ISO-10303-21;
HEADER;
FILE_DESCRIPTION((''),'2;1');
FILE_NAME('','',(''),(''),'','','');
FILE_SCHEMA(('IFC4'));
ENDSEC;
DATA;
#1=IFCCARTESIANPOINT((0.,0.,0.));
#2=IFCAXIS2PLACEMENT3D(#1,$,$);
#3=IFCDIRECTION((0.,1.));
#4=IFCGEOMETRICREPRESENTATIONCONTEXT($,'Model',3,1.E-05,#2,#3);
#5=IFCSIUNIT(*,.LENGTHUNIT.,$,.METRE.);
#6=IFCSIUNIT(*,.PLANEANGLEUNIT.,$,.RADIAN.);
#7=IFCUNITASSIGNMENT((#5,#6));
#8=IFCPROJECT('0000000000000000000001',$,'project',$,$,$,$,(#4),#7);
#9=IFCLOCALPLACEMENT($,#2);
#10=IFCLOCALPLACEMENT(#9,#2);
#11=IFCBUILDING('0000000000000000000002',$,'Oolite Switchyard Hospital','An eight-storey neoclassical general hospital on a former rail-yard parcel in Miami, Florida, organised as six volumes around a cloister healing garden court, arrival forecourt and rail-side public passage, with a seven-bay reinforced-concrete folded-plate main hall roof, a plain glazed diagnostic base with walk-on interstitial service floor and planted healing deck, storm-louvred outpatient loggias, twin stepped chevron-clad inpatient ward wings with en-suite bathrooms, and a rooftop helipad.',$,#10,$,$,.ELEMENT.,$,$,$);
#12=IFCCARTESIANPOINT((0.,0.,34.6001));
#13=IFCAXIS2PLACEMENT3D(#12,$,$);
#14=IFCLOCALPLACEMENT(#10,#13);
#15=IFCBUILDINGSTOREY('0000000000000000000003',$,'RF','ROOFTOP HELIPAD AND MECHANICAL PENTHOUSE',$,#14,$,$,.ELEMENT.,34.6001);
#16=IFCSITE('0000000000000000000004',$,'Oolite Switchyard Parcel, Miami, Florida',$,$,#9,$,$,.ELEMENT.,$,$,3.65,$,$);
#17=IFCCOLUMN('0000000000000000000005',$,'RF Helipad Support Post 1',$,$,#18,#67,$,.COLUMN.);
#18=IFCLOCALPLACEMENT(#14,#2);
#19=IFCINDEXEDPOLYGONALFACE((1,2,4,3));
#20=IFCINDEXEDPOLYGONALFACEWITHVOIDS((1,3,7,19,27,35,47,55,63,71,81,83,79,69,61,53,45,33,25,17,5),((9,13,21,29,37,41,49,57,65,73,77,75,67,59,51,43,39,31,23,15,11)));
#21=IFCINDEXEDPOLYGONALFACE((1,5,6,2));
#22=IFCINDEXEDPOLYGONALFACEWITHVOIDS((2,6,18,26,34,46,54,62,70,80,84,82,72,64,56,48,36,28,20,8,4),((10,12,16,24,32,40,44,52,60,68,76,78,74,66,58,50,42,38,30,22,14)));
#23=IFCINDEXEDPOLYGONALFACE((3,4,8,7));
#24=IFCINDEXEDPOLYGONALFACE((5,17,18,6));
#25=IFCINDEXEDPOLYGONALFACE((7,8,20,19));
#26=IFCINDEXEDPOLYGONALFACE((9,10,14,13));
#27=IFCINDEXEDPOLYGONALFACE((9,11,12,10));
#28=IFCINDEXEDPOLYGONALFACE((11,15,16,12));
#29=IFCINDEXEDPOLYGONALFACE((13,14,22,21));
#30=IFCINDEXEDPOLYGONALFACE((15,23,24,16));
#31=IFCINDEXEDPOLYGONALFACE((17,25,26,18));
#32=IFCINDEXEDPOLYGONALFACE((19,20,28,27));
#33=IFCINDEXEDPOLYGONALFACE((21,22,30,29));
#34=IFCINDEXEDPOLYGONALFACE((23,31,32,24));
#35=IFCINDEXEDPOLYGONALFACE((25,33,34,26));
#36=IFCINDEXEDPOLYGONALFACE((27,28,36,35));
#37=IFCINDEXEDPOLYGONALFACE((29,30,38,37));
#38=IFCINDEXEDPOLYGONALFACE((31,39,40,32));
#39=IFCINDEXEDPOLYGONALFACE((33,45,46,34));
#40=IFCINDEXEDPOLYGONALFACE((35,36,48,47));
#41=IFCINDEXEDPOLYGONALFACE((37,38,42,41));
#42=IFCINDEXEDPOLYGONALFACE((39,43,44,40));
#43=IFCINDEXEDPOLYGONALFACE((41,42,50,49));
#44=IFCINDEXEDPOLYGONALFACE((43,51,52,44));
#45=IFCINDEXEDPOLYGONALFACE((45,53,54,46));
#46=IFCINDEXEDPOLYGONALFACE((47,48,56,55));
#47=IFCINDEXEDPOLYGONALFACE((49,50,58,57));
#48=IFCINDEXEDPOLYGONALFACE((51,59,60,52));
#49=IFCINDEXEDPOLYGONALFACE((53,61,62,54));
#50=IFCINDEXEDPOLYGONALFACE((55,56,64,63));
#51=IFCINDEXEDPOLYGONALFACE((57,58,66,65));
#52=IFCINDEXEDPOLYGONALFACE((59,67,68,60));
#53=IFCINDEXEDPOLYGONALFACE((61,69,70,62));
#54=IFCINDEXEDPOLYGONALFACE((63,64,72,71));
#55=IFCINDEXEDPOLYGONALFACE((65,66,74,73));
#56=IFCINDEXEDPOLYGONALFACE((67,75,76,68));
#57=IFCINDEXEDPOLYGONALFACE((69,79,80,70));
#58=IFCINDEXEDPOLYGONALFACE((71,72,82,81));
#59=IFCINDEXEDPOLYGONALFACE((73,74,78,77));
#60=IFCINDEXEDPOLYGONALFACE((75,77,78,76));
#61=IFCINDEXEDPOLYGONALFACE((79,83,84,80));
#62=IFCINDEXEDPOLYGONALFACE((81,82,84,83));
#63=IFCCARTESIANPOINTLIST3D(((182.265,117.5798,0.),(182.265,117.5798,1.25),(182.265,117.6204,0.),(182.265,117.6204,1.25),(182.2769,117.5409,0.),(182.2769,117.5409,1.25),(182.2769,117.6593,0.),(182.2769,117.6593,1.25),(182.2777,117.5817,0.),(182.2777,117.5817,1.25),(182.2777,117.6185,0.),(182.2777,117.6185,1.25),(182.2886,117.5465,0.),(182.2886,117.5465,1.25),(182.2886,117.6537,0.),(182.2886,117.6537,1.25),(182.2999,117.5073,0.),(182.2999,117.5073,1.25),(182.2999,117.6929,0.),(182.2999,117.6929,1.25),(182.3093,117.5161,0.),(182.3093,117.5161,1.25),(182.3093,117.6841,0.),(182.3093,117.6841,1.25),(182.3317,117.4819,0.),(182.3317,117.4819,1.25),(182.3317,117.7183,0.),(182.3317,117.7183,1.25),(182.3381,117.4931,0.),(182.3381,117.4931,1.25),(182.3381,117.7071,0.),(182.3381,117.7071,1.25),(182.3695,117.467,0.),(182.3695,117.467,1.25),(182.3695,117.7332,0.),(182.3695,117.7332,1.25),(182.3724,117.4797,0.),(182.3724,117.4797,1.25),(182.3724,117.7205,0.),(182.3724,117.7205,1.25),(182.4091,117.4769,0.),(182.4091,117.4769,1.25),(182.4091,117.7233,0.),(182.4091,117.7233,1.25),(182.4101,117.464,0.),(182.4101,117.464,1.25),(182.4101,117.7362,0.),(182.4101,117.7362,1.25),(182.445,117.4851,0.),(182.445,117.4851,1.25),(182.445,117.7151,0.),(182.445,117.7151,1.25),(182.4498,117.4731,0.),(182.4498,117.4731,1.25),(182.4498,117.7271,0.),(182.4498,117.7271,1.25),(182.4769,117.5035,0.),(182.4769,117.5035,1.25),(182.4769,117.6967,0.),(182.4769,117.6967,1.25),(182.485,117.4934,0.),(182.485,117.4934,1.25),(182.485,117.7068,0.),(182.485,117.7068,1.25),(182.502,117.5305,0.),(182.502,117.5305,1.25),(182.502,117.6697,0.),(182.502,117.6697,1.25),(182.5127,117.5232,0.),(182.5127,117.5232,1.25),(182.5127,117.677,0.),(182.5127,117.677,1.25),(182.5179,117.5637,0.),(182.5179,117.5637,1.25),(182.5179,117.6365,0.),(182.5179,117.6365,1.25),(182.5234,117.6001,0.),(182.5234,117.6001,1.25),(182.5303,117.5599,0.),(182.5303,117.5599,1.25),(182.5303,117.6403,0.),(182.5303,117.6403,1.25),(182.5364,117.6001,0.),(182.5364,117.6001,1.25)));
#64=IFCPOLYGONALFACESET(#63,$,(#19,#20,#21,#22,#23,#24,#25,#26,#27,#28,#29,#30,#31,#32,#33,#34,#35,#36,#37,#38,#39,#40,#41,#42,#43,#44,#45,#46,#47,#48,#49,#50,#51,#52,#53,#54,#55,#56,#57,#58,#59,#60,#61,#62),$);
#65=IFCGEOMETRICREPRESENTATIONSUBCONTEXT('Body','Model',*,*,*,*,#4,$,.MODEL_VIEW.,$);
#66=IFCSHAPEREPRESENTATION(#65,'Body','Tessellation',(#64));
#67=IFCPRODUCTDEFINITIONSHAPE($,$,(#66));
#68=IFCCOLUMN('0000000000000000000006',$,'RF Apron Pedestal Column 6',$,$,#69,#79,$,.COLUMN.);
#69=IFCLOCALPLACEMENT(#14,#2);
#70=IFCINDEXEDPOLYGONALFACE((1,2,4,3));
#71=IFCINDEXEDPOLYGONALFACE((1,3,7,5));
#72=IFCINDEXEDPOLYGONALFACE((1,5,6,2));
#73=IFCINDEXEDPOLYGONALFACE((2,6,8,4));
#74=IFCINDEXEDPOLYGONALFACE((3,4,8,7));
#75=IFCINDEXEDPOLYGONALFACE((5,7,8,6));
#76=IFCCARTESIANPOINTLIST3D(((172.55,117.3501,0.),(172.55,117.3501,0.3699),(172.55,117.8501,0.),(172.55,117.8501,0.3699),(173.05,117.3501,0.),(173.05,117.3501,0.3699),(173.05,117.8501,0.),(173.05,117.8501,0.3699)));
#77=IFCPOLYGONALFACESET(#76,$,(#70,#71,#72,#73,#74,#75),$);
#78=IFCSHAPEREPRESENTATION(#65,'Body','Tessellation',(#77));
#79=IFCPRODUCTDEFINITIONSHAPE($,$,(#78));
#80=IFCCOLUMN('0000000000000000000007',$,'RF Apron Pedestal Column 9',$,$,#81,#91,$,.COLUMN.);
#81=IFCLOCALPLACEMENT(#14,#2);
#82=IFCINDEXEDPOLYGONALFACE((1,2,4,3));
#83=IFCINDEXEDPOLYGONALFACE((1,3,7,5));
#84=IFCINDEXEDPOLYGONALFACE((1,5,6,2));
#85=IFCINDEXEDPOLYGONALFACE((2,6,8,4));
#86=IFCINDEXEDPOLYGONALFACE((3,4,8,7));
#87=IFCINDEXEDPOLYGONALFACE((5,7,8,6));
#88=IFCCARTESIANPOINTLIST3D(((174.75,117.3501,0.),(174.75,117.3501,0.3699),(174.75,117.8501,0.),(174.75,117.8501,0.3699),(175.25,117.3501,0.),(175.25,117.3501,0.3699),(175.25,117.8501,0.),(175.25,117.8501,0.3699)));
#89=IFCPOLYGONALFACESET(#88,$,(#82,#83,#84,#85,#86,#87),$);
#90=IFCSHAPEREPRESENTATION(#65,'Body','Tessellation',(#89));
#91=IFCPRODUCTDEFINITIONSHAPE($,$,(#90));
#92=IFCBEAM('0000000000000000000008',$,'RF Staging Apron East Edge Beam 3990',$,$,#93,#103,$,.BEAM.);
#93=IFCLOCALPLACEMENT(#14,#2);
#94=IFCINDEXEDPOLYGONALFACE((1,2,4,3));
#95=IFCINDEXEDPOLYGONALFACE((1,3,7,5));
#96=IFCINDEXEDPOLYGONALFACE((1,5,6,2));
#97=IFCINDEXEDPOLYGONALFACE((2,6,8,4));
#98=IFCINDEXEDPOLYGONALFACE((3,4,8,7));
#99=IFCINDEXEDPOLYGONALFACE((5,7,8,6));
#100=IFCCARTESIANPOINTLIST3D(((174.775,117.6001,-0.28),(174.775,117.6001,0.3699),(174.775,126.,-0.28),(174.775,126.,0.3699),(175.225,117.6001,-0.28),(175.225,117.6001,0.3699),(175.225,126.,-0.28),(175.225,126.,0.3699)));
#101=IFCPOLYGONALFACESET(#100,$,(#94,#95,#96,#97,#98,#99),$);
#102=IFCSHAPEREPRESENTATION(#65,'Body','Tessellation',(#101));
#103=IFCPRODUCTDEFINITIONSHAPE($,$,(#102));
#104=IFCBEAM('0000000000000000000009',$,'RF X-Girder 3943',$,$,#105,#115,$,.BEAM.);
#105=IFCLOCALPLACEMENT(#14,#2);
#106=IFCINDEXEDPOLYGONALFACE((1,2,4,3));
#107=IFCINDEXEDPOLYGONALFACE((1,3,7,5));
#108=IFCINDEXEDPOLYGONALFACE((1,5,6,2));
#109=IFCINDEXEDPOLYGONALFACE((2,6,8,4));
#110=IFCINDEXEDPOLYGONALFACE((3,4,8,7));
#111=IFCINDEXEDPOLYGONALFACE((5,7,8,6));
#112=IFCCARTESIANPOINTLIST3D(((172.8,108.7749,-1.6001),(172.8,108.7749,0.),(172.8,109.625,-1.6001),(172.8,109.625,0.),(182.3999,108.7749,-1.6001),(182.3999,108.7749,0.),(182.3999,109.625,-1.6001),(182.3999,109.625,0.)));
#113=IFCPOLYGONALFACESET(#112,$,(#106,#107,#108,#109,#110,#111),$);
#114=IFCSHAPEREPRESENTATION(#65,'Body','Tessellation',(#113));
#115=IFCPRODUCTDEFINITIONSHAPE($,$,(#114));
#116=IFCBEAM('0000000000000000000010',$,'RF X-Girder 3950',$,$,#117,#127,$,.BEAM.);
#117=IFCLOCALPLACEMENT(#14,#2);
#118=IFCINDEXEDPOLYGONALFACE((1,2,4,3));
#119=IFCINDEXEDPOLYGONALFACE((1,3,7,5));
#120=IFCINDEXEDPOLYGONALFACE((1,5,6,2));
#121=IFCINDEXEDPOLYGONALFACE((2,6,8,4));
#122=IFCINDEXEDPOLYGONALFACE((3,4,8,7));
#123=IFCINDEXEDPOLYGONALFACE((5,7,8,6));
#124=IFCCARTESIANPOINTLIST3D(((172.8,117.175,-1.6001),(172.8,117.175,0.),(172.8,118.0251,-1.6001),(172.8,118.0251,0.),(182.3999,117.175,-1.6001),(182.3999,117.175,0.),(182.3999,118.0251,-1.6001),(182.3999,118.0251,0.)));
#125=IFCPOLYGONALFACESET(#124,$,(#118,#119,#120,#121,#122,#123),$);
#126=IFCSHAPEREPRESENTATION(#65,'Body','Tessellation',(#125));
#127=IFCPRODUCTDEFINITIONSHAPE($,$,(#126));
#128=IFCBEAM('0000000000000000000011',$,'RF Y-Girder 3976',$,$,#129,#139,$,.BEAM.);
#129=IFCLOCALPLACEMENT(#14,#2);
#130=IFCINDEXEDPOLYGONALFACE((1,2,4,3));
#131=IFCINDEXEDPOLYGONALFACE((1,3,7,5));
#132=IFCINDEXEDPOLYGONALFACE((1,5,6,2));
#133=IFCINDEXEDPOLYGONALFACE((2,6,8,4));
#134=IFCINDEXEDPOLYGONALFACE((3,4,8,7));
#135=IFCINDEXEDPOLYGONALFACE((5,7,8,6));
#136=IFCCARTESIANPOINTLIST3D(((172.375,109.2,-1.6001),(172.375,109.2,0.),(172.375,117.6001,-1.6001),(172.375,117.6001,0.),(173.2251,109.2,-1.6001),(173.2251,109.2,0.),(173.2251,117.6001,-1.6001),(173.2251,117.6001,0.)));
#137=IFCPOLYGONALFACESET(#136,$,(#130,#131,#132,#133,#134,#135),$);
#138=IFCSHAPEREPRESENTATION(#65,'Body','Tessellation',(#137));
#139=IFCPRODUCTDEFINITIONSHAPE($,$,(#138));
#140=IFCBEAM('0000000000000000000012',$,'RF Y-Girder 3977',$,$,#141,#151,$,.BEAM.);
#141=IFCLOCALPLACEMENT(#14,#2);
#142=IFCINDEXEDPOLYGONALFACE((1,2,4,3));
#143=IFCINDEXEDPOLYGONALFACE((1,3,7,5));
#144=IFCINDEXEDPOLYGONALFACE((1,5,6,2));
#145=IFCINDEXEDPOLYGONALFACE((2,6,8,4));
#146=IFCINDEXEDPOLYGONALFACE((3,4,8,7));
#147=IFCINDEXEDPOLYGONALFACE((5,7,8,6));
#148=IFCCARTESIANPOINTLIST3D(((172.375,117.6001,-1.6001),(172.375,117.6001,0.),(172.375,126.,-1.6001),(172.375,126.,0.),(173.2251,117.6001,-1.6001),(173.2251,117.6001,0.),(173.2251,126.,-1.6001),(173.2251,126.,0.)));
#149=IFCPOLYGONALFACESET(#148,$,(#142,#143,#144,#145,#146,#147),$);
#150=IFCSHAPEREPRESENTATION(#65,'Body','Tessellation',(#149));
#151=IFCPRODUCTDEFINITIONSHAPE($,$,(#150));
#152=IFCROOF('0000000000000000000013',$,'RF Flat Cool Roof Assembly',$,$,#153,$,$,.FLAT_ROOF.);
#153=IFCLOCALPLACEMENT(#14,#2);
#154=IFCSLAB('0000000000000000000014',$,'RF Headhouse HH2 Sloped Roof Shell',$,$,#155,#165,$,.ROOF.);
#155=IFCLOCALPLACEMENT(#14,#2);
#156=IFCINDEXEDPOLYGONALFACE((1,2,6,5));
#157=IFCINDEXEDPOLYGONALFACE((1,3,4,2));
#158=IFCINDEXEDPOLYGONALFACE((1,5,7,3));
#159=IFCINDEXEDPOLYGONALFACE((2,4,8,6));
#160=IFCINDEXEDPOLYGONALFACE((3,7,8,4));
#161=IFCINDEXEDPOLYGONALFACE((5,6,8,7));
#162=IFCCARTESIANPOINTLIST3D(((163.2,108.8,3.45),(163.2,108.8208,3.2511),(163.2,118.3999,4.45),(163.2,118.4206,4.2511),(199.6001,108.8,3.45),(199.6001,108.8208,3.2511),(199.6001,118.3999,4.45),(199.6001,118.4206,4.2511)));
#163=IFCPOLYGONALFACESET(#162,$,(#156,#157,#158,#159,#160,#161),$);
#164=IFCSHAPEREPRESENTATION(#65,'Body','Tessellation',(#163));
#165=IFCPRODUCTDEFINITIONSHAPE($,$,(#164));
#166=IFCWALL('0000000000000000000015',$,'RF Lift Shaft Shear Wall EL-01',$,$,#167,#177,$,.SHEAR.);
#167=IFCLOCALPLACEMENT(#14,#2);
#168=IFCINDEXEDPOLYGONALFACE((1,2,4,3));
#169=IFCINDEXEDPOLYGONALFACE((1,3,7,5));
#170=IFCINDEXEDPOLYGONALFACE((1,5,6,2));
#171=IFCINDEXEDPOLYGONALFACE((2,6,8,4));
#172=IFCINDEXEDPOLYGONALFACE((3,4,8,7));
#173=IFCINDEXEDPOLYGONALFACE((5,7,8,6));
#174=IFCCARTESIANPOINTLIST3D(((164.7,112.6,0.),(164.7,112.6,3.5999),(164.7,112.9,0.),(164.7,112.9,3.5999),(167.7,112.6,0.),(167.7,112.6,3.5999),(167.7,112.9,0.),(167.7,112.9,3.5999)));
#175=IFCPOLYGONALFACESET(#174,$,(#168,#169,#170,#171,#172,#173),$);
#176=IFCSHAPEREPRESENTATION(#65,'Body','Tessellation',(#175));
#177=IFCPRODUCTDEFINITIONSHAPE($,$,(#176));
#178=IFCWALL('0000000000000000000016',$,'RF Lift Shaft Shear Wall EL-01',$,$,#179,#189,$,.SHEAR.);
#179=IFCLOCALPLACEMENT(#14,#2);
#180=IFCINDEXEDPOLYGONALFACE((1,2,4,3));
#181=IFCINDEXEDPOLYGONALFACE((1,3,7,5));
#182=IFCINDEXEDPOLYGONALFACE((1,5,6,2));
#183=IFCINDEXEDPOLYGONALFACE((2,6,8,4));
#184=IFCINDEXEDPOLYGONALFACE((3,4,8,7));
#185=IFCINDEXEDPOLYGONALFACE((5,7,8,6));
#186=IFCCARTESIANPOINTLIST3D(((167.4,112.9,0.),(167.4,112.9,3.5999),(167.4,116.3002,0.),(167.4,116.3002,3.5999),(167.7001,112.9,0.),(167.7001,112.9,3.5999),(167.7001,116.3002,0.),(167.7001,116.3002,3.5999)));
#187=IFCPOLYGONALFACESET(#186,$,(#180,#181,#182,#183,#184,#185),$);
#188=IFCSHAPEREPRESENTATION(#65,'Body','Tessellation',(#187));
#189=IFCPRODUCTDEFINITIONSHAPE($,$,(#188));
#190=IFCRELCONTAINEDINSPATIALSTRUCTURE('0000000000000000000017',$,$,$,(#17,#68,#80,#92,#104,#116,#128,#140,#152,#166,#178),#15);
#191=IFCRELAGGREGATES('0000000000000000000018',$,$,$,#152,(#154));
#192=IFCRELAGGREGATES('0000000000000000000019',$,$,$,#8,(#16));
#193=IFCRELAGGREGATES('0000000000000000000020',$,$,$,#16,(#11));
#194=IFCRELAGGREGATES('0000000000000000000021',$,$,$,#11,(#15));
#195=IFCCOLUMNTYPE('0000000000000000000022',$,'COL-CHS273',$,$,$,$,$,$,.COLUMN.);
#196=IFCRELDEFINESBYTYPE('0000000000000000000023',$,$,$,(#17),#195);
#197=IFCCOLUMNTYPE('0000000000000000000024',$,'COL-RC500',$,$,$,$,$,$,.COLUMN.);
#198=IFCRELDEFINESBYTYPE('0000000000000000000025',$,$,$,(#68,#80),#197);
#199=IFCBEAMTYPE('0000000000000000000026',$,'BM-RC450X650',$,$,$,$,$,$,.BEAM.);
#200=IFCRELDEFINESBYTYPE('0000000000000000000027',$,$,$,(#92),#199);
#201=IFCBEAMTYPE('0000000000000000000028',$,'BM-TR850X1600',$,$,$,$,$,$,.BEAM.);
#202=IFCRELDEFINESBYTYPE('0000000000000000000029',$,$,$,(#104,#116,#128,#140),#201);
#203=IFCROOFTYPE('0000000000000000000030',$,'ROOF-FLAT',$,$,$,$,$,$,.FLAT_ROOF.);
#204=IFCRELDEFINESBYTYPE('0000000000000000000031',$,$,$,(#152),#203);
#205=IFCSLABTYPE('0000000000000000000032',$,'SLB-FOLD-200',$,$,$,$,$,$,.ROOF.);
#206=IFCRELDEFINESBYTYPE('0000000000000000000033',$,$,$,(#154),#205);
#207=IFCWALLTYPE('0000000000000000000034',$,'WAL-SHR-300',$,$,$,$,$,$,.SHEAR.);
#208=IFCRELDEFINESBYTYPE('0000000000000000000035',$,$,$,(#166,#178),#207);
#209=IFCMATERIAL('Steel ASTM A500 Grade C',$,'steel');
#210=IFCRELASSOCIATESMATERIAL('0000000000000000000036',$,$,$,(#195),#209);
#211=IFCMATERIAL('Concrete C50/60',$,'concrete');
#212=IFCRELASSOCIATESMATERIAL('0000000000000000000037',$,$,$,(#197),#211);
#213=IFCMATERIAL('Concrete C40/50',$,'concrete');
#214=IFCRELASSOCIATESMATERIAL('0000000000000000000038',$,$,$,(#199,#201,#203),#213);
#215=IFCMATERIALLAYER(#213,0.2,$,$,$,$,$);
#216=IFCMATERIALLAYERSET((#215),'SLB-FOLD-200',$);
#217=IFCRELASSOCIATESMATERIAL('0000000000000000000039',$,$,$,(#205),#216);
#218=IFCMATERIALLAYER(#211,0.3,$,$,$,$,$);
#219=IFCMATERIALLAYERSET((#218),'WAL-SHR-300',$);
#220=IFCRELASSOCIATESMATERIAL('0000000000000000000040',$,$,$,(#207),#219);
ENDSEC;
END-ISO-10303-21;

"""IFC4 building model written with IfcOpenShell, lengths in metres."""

from ifc_helpers import new_model, si_unit, direction, frame, frame_2d, origin, origin_2d, place, context, subcontext, project, spatial, polyline, rectangle, hollow_circle, outline, extrude, material, layer, layer_set, material_profile, profile_set, type_object, element, aggregate, save


model = new_model("IFC4")

# Units and contexts
model_context = context("Model", 3, precision=1e-05, world=origin(), true_north=direction((0.0, 1.0)))
body_context = subcontext(model_context, "Body", "Model", "MODEL_VIEW")
ifc_project = project(units=[si_unit("LENGTHUNIT", "METRE"), si_unit("PLANEANGLEUNIT", "RADIAN")], contexts=[model_context])

# Site, building, storey
site_placement = place(None, origin())
site = spatial("IfcSite", under=ifc_project, at=site_placement, Name="Oolite Switchyard Parcel, Miami, Florida", CompositionType="ELEMENT", RefElevation=3.65)
building_placement = place(site_placement, origin())
building = spatial("IfcBuilding", under=site, at=building_placement, Name="Oolite Switchyard Hospital", Description="An eight-storey neoclassical general hospital on a former rail-yard parcel in Miami, Florida, organised as six volumes around a cloister healing garden court, arrival forecourt and rail-side public passage, with a seven-bay reinforced-concrete folded-plate main hall roof, a plain glazed diagnostic base with walk-on interstitial service floor and planted healing deck, storm-louvred outpatient loggias, twin stepped chevron-clad inpatient ward wings with en-suite bathrooms, and a rooftop helipad.", CompositionType="ELEMENT")
storey_placement = place(building_placement, frame((0.0, 0.0, 34.6001)))
storey = spatial("IfcBuildingStorey", under=building, at=storey_placement, Name="RF", Description="ROOFTOP HELIPAD AND MECHANICAL PENTHOUSE", CompositionType="ELEMENT", Elevation=34.6001)

# Columns
ifc_material_1 = material(Name="Steel ASTM A500 Grade C", Category="steel")
ifc_material_profile_1 = material_profile(ifc_material_1, hollow_circle(Radius=0.1365, WallThickness=0.0129, at=origin_2d()), Name="HSS273X13")
ifc_profile_set_1 = profile_set([ifc_material_profile_1], Name="Steel ASTM A500 Grade C")
column_type_1 = type_object("IfcColumnType", Name="COL-CHS273", PredefinedType="COLUMN", material=ifc_profile_set_1)
column_placement = place(storey_placement, frame((182.3999, 117.6001, 0.0), z_axis=(0.0, 0.0, 1.0), x_axis=(1.0, 0.0, 0.0)))
element("IfcColumn", 1, at=column_placement, inside=storey, type_object=column_type_1, Name="RF Helipad Support Post 1", PredefinedType="COLUMN", context=body_context, shape_type="SweptSolid", body=[
    extrude(hollow_circle(Radius=0.1365, WallThickness=0.0129, at=origin_2d()), origin(), (0.0, 0.0, 1.0), 1.25),
])
ifc_material_2 = material(Name="Concrete C50/60", Category="concrete")
ifc_material_profile_2 = material_profile(ifc_material_2, rectangle(XDim=0.5, YDim=0.5, at=origin_2d()), Name="RC500X500")
ifc_profile_set_2 = profile_set([ifc_material_profile_2], Name="Concrete C50/60")
column_type_2 = type_object("IfcColumnType", Name="COL-RC500", PredefinedType="COLUMN", material=ifc_profile_set_2)
for number, where, z_axis, x_axis, name in (
    (2, (172.8, 117.6001, 0.0), (0.0, 0.0, 1.0), (1.0, 0.0, 0.0), "RF Apron Pedestal Column 6"),
    (3, (175.0, 117.6001, 0.0), (0.0, 0.0, 1.0), (1.0, 0.0, 0.0), "RF Apron Pedestal Column 9"),
):
    element("IfcColumn", number, at=place(storey_placement, frame(where, z_axis=z_axis, x_axis=x_axis)), inside=storey, type_object=column_type_2, Name=name, PredefinedType="COLUMN", context=body_context, shape_type="SweptSolid", body=[
        extrude(rectangle(XDim=0.5, YDim=0.5, at=origin_2d()), origin(), (0.0, 0.0, 1.0), 0.3699),
    ])

# Beams
ifc_material_3 = material(Name="Concrete C40/50", Category="concrete")
ifc_material_profile_3 = material_profile(ifc_material_3, rectangle(XDim=0.45, YDim=0.6499, at=origin_2d()), Name="RCB450X650")
ifc_profile_set_3 = profile_set([ifc_material_profile_3], Name="Concrete C40/50")
beam_type_1 = type_object("IfcBeamType", Name="BM-RC450X650", PredefinedType="BEAM", material=ifc_profile_set_3)
beam_1_placement = place(storey_placement, frame((175.0, 117.6001, 0.0449), z_axis=(0.0, 1.0, 0.0), x_axis=(-1.0, 0.0, 0.0)))
element("IfcBeam", 4, at=beam_1_placement, inside=storey, type_object=beam_type_1, Name="RF Staging Apron East Edge Beam 3990", PredefinedType="BEAM", context=body_context, shape_type="SweptSolid", body=[
    extrude(rectangle(XDim=0.45, YDim=0.6499, at=origin_2d()), origin(), (0.0, 0.0, 1.0), 8.3999),
])
ifc_material_profile_4 = material_profile(ifc_material_3, rectangle(XDim=0.8501, YDim=1.6001, at=origin_2d()), Name="RCT850X1600")
ifc_profile_set_4 = profile_set([ifc_material_profile_4], Name="Concrete C40/50")
beam_type_2 = type_object("IfcBeamType", Name="BM-TR850X1600", PredefinedType="BEAM", material=ifc_profile_set_4)
for number, where, z_axis, x_axis, name in (
    (5, (172.8, 109.2, -0.8), (1.0, 0.0, 0.0), (0.0, 1.0, 0.0), "RF X-Girder 3943"),
    (6, (172.8, 117.6001, -0.8), (1.0, 0.0, 0.0), (0.0, 1.0, 0.0), "RF X-Girder 3950"),
):
    element("IfcBeam", number, at=place(storey_placement, frame(where, z_axis=z_axis, x_axis=x_axis)), inside=storey, type_object=beam_type_2, Name=name, PredefinedType="BEAM", context=body_context, shape_type="SweptSolid", body=[
        extrude(rectangle(XDim=0.8501, YDim=1.6001, at=origin_2d()), origin(), (0.0, 0.0, 1.0), 9.5999),
    ])
beam_2_placement = place(storey_placement, frame((172.8, 109.2, -0.8), z_axis=(0.0, 1.0, 0.0), x_axis=(-1.0, 0.0, 0.0)))
element("IfcBeam", 7, at=beam_2_placement, inside=storey, type_object=beam_type_2, Name="RF Y-Girder 3976", PredefinedType="BEAM", context=body_context, shape_type="SweptSolid", body=[
    extrude(rectangle(XDim=0.8501, YDim=1.6001, at=origin_2d()), origin(), (0.0, 0.0, 1.0), 8.4001),
])
beam_3_placement = place(storey_placement, frame((172.8, 117.6001, -0.8), z_axis=(0.0, 1.0, 0.0), x_axis=(-1.0, 0.0, 0.0)))
element("IfcBeam", 8, at=beam_3_placement, inside=storey, type_object=beam_type_2, Name="RF Y-Girder 3977", PredefinedType="BEAM", context=body_context, shape_type="SweptSolid", body=[
    extrude(rectangle(XDim=0.8501, YDim=1.6001, at=origin_2d()), origin(), (0.0, 0.0, 1.0), 8.3999),
])

# Roof, slab
roof_type = type_object("IfcRoofType", Name="ROOF-FLAT", PredefinedType="FLAT_ROOF", material=ifc_material_3)
roof_placement = place(storey_placement, origin())
roof = element("IfcRoof", 9, at=roof_placement, inside=storey, type_object=roof_type, Name="RF Flat Cool Roof Assembly", PredefinedType="FLAT_ROOF")
ifc_layer_1 = layer(ifc_material_3, 0.2)
ifc_layer_set_1 = layer_set([ifc_layer_1], Name="SLB-FOLD-200")
slab_type = type_object("IfcSlabType", Name="SLB-FOLD-200", PredefinedType="ROOF", material=ifc_layer_set_1)
slab_placement = place(storey_placement, frame((163.2, 108.8, 3.45), z_axis=(0.0, -0.103608, 0.994618), x_axis=(1.0, 0.0, 0.0)))
slab = element("IfcSlab", 10, at=slab_placement, type_object=slab_type, Name="RF Headhouse HH2 Sloped Roof Shell", PredefinedType="ROOF", context=body_context, shape_type="SweptSolid", body=[
    extrude(outline(polyline([(0.0, 0.0), (36.4001, 0.0), (36.4001, 9.6518), (0.0, 9.6518), (0.0, 0.0)])), origin(), (0.0, 0.0, -1.0), 0.2),
])
aggregate(roof, [slab])

# Walls
ifc_layer_2 = layer(ifc_material_2, 0.3)
ifc_layer_set_2 = layer_set([ifc_layer_2], Name="WAL-SHR-300")
wall_type_1 = type_object("IfcWallType", Name="WAL-SHR-300", PredefinedType="SHEAR", material=ifc_layer_set_2)
wall_1_placement = place(storey_placement, frame((164.7, 112.75, 0.0), z_axis=(0.0, 0.0, 1.0), x_axis=(1.0, 0.0, 0.0)))
element("IfcWall", 11, at=wall_1_placement, inside=storey, type_object=wall_type_1, Name="RF Lift Shaft Shear Wall EL-01", PredefinedType="SHEAR", context=body_context, shape_type="SweptSolid", body=[
    extrude(rectangle(XDim=3.0, YDim=0.3, at=frame_2d((1.5, 0.0))), origin(), (0.0, 0.0, 1.0), 3.5999),
])
wall_2_placement = place(storey_placement, frame((167.55, 112.8999, 0.0), z_axis=(0.0, 0.0, 1.0), x_axis=(0.0, 1.0, 0.0)))
element("IfcWall", 12, at=wall_2_placement, inside=storey, type_object=wall_type_1, Name="RF Lift Shaft Shear Wall EL-01", PredefinedType="SHEAR", context=body_context, shape_type="SweptSolid", body=[
    extrude(rectangle(XDim=3.4001, YDim=0.3, at=frame_2d((1.7002, 0.0))), origin(), (0.0, 0.0, 1.0), 3.5999),
])

save(model, "model.ifc")
